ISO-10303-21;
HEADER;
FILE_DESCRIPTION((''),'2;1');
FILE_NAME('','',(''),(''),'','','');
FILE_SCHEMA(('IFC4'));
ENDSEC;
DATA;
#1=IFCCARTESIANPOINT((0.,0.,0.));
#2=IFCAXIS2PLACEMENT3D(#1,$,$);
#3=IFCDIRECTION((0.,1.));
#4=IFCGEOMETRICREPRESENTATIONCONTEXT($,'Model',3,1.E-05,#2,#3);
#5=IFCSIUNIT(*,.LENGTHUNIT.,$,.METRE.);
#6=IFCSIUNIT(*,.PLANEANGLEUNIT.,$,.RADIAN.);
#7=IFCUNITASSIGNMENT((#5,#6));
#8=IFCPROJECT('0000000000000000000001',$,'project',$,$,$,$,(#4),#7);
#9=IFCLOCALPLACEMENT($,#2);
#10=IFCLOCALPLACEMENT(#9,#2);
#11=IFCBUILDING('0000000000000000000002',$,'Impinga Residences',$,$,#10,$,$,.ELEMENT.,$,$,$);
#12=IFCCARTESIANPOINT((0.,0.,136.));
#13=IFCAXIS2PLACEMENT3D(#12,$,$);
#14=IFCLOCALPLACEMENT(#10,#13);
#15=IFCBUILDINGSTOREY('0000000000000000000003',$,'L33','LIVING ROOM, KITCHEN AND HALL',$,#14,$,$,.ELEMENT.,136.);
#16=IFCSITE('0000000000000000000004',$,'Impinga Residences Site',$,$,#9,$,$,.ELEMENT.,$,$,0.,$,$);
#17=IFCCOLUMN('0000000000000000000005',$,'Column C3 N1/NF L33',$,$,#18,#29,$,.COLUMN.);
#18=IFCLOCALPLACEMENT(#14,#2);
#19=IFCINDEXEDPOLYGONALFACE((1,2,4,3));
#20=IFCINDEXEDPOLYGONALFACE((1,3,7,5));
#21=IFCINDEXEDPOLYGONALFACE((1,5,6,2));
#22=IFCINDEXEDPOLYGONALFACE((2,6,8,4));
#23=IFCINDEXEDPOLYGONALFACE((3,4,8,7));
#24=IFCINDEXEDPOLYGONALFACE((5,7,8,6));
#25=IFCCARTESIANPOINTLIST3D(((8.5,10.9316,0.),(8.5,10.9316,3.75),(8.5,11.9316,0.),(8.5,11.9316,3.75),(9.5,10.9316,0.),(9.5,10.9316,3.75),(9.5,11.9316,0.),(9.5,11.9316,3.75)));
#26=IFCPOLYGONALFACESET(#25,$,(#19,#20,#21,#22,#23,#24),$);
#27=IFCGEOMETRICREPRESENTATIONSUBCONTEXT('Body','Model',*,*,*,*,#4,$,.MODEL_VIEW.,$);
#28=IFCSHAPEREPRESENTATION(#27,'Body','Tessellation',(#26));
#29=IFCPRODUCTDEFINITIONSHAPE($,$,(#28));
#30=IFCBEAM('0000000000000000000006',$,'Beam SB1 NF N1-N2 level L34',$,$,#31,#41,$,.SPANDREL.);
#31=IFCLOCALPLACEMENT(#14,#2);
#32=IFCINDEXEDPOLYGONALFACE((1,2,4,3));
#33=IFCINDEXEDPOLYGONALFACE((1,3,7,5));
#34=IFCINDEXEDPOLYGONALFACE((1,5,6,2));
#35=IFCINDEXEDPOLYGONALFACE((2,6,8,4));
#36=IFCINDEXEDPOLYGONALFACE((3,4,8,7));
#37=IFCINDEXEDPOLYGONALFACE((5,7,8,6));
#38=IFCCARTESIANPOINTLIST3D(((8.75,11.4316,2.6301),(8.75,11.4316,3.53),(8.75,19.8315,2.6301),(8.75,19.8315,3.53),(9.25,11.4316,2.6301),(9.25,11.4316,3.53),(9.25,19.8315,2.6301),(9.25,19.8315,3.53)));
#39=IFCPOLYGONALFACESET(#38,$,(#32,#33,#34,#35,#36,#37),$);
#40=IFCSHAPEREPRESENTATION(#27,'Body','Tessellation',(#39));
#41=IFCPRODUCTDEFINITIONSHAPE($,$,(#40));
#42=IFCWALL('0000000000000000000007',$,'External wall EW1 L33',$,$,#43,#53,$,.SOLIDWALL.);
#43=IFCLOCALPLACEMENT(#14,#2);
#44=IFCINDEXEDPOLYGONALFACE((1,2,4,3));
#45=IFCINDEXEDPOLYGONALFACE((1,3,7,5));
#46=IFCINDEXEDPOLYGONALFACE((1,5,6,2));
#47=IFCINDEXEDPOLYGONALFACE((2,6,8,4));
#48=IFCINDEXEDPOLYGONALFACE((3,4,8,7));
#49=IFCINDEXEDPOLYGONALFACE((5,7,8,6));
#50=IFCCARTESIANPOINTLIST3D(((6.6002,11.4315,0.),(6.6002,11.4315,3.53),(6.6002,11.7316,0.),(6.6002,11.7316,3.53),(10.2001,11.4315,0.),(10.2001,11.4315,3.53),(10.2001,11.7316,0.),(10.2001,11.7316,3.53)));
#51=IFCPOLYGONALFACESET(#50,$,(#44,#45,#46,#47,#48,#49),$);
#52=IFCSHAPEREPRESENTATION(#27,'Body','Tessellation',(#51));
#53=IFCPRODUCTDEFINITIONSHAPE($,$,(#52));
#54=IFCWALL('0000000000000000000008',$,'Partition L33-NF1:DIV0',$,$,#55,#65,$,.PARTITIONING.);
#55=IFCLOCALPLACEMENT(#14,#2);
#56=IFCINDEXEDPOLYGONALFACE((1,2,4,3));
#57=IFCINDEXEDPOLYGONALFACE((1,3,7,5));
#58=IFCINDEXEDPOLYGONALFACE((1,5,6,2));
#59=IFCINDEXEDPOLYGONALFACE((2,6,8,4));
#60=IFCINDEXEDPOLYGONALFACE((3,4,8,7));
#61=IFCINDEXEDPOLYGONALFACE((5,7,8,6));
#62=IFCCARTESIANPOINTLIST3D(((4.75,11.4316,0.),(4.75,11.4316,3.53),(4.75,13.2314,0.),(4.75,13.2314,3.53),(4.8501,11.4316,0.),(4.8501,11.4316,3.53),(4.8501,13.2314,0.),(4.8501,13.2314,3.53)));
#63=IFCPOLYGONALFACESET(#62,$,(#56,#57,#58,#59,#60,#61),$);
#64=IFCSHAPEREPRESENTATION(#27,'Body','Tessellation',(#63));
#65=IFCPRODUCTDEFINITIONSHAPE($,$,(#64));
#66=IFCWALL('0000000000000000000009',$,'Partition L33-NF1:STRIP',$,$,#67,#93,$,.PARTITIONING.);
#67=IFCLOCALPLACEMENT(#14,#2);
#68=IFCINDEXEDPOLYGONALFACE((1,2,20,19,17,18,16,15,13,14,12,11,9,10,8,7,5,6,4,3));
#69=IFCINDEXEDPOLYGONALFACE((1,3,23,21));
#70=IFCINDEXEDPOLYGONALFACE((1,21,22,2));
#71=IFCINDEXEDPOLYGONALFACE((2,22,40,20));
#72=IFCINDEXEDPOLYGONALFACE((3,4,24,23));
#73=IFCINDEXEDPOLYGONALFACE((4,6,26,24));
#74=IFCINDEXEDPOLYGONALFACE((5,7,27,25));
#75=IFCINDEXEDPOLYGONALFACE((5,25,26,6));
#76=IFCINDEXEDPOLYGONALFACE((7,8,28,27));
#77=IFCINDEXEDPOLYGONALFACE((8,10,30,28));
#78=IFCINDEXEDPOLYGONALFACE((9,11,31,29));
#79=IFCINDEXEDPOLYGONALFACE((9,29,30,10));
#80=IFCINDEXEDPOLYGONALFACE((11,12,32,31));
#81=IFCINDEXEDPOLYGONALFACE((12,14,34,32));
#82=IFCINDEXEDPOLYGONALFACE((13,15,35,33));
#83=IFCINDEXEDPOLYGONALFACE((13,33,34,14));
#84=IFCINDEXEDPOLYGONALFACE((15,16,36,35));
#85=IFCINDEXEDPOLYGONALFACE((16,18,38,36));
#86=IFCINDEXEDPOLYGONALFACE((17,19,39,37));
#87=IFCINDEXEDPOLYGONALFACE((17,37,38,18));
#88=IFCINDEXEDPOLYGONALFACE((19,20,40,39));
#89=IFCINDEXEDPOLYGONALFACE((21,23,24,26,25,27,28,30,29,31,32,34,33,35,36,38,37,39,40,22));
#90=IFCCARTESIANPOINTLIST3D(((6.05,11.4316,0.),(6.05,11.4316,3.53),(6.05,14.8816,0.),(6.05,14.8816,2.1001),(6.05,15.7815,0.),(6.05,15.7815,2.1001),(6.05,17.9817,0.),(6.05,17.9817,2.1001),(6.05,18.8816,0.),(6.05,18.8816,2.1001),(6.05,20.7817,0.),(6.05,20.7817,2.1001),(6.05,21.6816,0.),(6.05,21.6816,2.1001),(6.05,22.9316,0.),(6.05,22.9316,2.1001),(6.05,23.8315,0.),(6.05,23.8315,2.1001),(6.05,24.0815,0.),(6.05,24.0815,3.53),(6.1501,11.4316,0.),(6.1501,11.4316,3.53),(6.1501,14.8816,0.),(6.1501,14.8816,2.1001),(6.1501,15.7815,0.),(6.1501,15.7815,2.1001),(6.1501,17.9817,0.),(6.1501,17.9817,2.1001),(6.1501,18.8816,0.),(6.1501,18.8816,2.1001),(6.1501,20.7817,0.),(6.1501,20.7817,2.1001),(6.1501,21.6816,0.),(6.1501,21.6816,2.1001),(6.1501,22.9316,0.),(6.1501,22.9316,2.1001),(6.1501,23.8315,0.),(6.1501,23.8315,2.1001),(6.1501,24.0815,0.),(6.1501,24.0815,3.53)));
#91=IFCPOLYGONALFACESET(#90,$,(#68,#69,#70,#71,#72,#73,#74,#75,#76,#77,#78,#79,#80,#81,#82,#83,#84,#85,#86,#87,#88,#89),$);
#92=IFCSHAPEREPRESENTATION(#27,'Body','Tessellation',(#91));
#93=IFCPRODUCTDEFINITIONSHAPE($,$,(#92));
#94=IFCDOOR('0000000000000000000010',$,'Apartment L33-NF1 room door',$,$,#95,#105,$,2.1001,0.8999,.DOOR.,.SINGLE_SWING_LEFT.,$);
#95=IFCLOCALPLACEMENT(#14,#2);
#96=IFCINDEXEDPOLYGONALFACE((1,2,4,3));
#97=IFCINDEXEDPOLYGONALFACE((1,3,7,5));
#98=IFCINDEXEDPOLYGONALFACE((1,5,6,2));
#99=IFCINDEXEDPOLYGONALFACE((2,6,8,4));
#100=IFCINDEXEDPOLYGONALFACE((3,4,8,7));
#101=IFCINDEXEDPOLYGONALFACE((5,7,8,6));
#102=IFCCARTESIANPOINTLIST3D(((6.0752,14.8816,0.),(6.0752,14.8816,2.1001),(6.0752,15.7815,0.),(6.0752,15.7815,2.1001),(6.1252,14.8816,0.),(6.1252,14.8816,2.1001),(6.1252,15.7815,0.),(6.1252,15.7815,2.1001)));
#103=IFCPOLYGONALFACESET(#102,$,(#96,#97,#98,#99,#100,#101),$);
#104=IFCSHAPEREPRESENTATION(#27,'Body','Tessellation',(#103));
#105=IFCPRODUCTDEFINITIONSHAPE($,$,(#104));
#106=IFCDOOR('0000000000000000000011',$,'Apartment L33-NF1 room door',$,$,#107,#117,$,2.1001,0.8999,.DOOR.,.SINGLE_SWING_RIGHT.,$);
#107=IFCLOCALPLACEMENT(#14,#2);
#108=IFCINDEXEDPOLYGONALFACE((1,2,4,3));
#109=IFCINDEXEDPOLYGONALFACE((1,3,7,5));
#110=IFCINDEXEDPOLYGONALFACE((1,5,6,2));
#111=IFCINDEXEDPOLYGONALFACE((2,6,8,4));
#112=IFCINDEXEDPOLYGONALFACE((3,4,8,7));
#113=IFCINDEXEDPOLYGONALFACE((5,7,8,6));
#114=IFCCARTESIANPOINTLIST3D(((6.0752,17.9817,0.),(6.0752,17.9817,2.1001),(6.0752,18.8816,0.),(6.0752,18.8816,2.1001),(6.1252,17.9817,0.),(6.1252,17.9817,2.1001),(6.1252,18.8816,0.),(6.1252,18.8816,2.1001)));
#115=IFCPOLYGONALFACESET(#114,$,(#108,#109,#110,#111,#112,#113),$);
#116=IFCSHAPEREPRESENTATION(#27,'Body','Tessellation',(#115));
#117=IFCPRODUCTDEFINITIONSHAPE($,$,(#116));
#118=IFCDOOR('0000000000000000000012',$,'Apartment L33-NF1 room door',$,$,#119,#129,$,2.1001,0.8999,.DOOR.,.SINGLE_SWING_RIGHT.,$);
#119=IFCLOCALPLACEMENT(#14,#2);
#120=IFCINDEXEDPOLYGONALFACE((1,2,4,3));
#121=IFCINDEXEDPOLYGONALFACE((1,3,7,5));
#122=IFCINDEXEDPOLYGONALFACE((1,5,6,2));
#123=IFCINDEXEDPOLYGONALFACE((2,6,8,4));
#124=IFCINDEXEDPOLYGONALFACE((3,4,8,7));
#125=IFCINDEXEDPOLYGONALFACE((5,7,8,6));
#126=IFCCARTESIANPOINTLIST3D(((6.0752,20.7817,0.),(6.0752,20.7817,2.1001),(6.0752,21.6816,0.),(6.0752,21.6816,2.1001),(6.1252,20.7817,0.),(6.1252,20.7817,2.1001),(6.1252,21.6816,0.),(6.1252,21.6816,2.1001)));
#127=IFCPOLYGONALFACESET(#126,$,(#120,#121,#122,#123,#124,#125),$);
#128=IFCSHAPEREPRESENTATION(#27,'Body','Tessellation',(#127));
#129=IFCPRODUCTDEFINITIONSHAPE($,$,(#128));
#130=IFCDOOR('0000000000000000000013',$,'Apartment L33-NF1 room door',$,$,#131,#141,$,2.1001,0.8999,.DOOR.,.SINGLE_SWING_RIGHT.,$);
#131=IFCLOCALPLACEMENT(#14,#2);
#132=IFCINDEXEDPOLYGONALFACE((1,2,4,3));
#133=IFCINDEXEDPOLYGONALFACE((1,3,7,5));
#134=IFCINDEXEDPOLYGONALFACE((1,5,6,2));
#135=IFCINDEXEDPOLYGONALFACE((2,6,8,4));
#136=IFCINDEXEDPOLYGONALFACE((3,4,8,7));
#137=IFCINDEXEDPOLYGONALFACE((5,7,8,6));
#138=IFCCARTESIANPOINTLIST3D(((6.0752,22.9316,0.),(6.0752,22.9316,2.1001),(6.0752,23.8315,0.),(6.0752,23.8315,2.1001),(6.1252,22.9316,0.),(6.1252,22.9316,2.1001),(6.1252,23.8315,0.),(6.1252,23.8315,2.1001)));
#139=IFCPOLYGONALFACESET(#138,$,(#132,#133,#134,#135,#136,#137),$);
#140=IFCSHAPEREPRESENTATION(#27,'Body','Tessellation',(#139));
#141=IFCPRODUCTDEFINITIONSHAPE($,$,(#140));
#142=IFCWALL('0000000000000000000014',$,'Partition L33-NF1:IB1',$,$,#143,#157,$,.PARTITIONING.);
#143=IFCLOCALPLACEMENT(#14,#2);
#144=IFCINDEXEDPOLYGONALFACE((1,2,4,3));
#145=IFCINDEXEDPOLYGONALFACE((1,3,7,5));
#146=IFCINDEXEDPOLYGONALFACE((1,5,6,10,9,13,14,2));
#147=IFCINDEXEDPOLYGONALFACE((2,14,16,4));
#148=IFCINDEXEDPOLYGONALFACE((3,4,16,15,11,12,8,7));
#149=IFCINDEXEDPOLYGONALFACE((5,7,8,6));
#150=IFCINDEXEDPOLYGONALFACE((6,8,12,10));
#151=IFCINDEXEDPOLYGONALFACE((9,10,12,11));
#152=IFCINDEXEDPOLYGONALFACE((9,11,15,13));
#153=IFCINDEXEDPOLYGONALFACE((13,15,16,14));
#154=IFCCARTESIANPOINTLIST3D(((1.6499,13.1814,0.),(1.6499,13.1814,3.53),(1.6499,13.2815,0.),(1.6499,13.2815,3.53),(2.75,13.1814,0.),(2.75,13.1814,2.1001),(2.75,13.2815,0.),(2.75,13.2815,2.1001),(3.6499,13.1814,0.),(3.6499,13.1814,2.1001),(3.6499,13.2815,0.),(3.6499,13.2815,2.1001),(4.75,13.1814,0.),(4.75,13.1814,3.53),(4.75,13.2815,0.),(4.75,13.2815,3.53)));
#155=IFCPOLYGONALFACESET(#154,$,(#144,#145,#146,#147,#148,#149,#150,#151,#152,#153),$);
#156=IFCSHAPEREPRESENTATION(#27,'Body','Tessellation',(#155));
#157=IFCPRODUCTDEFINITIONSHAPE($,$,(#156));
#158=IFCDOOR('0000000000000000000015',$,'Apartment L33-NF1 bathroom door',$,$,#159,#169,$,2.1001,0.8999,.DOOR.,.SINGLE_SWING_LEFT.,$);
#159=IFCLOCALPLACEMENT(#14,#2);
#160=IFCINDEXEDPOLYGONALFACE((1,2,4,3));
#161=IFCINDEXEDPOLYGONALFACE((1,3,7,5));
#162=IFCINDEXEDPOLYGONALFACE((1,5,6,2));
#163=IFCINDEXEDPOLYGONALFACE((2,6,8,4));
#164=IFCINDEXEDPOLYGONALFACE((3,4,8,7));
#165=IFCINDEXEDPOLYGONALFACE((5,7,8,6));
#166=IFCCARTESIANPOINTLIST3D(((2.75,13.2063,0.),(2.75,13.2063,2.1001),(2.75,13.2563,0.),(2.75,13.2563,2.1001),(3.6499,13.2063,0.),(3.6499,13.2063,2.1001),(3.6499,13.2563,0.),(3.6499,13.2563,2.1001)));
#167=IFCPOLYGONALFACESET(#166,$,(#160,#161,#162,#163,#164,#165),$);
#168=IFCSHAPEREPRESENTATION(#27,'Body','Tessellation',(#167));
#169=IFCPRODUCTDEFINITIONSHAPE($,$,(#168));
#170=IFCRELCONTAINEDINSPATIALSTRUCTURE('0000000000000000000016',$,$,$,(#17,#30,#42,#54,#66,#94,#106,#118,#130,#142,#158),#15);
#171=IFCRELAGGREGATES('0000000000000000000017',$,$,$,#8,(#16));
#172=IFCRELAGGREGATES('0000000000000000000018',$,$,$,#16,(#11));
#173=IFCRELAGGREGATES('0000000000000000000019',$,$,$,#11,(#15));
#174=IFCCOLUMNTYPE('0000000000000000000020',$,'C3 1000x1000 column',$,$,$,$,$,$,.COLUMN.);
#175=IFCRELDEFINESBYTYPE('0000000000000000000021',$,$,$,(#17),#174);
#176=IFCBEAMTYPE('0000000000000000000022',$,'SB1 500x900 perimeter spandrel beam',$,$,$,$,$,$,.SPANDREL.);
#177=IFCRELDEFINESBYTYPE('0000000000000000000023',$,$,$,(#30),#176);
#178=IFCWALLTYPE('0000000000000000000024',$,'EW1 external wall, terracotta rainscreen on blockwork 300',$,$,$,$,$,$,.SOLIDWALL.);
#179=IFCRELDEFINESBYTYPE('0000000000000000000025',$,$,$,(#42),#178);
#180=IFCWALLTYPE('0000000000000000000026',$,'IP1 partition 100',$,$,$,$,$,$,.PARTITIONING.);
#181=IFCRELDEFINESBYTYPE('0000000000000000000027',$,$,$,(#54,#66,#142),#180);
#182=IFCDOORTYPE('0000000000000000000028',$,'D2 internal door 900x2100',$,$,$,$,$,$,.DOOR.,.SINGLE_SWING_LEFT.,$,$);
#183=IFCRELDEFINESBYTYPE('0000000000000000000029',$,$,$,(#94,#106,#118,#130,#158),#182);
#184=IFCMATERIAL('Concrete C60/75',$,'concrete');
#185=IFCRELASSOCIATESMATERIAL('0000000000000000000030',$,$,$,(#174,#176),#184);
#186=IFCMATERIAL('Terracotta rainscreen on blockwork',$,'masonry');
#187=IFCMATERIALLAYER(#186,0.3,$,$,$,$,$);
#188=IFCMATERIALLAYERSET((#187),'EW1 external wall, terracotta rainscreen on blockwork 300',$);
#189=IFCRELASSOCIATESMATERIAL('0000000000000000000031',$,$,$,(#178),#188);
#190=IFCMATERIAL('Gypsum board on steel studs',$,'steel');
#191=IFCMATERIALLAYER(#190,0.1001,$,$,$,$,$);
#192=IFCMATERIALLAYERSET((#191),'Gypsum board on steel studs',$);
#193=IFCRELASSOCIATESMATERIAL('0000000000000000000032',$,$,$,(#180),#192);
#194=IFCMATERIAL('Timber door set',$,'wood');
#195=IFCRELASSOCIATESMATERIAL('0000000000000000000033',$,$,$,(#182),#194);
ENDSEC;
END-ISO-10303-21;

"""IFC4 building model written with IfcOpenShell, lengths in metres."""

from ifc_helpers import new_model, si_unit, direction, frame, frame_2d, origin, origin_2d, place, context, subcontext, project, spatial, rectangle, extrude, material, layer, layer_set, material_profile, profile_set, type_object, element, fill, save


model = new_model("IFC4")

# Units and contexts
model_context = context("Model", 3, precision=1e-05, world=origin(), true_north=direction((0.0, 1.0)))
body_context = subcontext(model_context, "Body", "Model", "MODEL_VIEW")
ifc_project = project(units=[si_unit("LENGTHUNIT", "METRE"), si_unit("PLANEANGLEUNIT", "RADIAN")], contexts=[model_context])

# Site, building, storey
site_placement = place(None, origin())
site = spatial("IfcSite", under=ifc_project, at=site_placement, Name="Impinga Residences Site", CompositionType="ELEMENT", RefElevation=0.0)
building_placement = place(site_placement, origin())
building = spatial("IfcBuilding", under=site, at=building_placement, Name="Impinga Residences", CompositionType="ELEMENT")
storey_placement = place(building_placement, frame((0.0, 0.0, 136.0)))
storey = spatial("IfcBuildingStorey", under=building, at=storey_placement, Name="L33", Description="LIVING ROOM, KITCHEN AND HALL", CompositionType="ELEMENT", Elevation=136.0)

# Column
ifc_material_1 = material(Name="Concrete C60/75", Category="concrete")
ifc_material_profile_1 = material_profile(ifc_material_1, rectangle(XDim=1.0, YDim=1.0, at=origin_2d()), Name="RC 1000x1000")
ifc_profile_set_1 = profile_set([ifc_material_profile_1], Name="Concrete C60/75")
column_type = type_object("IfcColumnType", Name="C3 1000x1000 column", PredefinedType="COLUMN", material=ifc_profile_set_1)
column_placement = place(storey_placement, frame((9.0, 11.4316, 0.0), z_axis=(0.0, 0.0, 1.0), x_axis=(1.0, 0.0, 0.0)))
element("IfcColumn", 1, at=column_placement, inside=storey, type_object=column_type, Name="Column C3 N1/NF L33", PredefinedType="COLUMN", context=body_context, shape_type="SweptSolid", body=[
    extrude(rectangle(XDim=1.0, YDim=1.0, at=origin_2d()), origin(), (0.0, 0.0, 1.0), 3.75),
])

# Beam
ifc_material_profile_2 = material_profile(ifc_material_1, rectangle(XDim=0.5, YDim=0.8999, at=origin_2d()), Name="RC 500x900")
ifc_profile_set_2 = profile_set([ifc_material_profile_2], Name="Concrete C60/75")
beam_type = type_object("IfcBeamType", Name="SB1 500x900 perimeter spandrel beam", PredefinedType="SPANDREL", material=ifc_profile_set_2)
beam_placement = place(storey_placement, frame((9.0, 11.4316, 3.0801), z_axis=(0.0, 1.0, 0.0), x_axis=(-1.0, 0.0, 0.0)))
element("IfcBeam", 2, at=beam_placement, inside=storey, type_object=beam_type, Name="Beam SB1 NF N1-N2 level L34", PredefinedType="SPANDREL", context=body_context, shape_type="SweptSolid", body=[
    extrude(rectangle(XDim=0.5, YDim=0.8999, at=origin_2d()), origin(), (0.0, 0.0, 1.0), 8.3999),
])

# Walls
ifc_material_2 = material(Name="Terracotta rainscreen on blockwork", Category="masonry")
ifc_layer_1 = layer(ifc_material_2, 0.3)
ifc_layer_set_1 = layer_set([ifc_layer_1], Name="EW1 external wall, terracotta rainscreen on blockwork 300")
wall_type_1 = type_object("IfcWallType", Name="EW1 external wall, terracotta rainscreen on blockwork 300", PredefinedType="SOLIDWALL", material=ifc_layer_set_1)
wall_1_placement = place(storey_placement, frame((10.2, 11.5815, 0.0), z_axis=(0.0, 0.0, 1.0), x_axis=(-1.0, 0.0, 0.0)))
element("IfcWall", 3, at=wall_1_placement, inside=storey, type_object=wall_type_1, Name="External wall EW1 L33", PredefinedType="SOLIDWALL", context=body_context, shape_type="SweptSolid", body=[
    extrude(rectangle(XDim=3.5999, YDim=0.3, at=frame_2d((1.7998, 0.0))), origin(), (0.0, 0.0, 1.0), 3.53),
])
ifc_material_3 = material(Name="Gypsum board on steel studs", Category="steel")
ifc_layer_2 = layer(ifc_material_3, 0.1001)
ifc_layer_set_2 = layer_set([ifc_layer_2], Name="Gypsum board on steel studs")
wall_type_2 = type_object("IfcWallType", Name="IP1 partition 100", PredefinedType="PARTITIONING", material=ifc_layer_set_2)
wall_2_placement = place(storey_placement, frame((4.8, 11.4316, 0.0), z_axis=(0.0, 0.0, 1.0), x_axis=(0.0, 1.0, 0.0)))
element("IfcWall", 4, at=wall_2_placement, inside=storey, type_object=wall_type_2, Name="Partition L33-NF1:DIV0", PredefinedType="PARTITIONING", context=body_context, shape_type="SweptSolid", body=[
    extrude(rectangle(XDim=1.7998, YDim=0.1001, at=frame_2d((0.8999, 0.0))), origin(), (0.0, 0.0, 1.0), 3.53),
])

# Wall, openings, doors
wall_3_placement = place(storey_placement, frame((6.1001, 11.4316, 0.0), z_axis=(0.0, 0.0, 1.0), x_axis=(0.0, 1.0, 0.0)))
wall_3 = element("IfcWall", 5, at=wall_3_placement, inside=storey, type_object=wall_type_2, Name="Partition L33-NF1:STRIP", PredefinedType="PARTITIONING", context=body_context, shape_type="SweptSolid", body=[
    extrude(rectangle(XDim=12.6499, YDim=0.1001, at=frame_2d((6.325, 0.0))), origin(), (0.0, 0.0, 1.0), 3.53),
])
opening_1_placement = place(wall_3_placement, frame((3.45, 0.0, 0.0)))
opening_1 = element("IfcOpeningElement", 6, at=opening_1_placement, cuts=wall_3, PredefinedType="OPENING", context=body_context, shape_type="SweptSolid", body=[
    extrude(rectangle(XDim=0.8999, YDim=2.1001, at=frame_2d((0.45, 1.05))), frame((0.0, 0.0601, 0.0), z_axis=(0.0, -1.0, 0.0), x_axis=(1.0, 0.0, 0.0)), (0.0, 0.0, 1.0), 0.1201),
])
opening_2_placement = place(wall_3_placement, frame((6.55, 0.0, 0.0)))
opening_2 = element("IfcOpeningElement", 7, at=opening_2_placement, cuts=wall_3, PredefinedType="OPENING", context=body_context, shape_type="SweptSolid", body=[
    extrude(rectangle(XDim=0.8999, YDim=2.1001, at=frame_2d((0.45, 1.05))), frame((0.0, 0.0601, 0.0), z_axis=(0.0, -1.0, 0.0), x_axis=(1.0, 0.0, 0.0)), (0.0, 0.0, 1.0), 0.1201),
])
opening_3_placement = place(wall_3_placement, frame((9.3501, 0.0, 0.0)))
opening_3 = element("IfcOpeningElement", 8, at=opening_3_placement, cuts=wall_3, PredefinedType="OPENING", context=body_context, shape_type="SweptSolid", body=[
    extrude(rectangle(XDim=0.8999, YDim=2.1001, at=frame_2d((0.45, 1.05))), frame((0.0, 0.0601, 0.0), z_axis=(0.0, -1.0, 0.0), x_axis=(1.0, 0.0, 0.0)), (0.0, 0.0, 1.0), 0.1201),
])
opening_4_placement = place(wall_3_placement, frame((11.5, 0.0, 0.0)))
opening_4 = element("IfcOpeningElement", 9, at=opening_4_placement, cuts=wall_3, PredefinedType="OPENING", context=body_context, shape_type="SweptSolid", body=[
    extrude(rectangle(XDim=0.8999, YDim=2.1001, at=frame_2d((0.45, 1.05))), frame((0.0, 0.0601, 0.0), z_axis=(0.0, -1.0, 0.0), x_axis=(1.0, 0.0, 0.0)), (0.0, 0.0, 1.0), 0.1201),
])
ifc_material_4 = material(Name="Timber door set", Category="wood")
door_type_1 = type_object("IfcDoorType", Name="D2 internal door 900x2100", OperationType="SINGLE_SWING_LEFT", PredefinedType="DOOR", material=ifc_material_4)
door_1_placement = place(opening_1_placement, origin())
door_1 = element("IfcDoor", 10, at=door_1_placement, inside=storey, type_object=door_type_1, Name="Apartment L33-NF1 room door", OperationType="SINGLE_SWING_LEFT", OverallHeight=2.1001, OverallWidth=0.8999, PredefinedType="DOOR", context=body_context, shape_type="SweptSolid", body=[
    extrude(rectangle(XDim=0.8999, YDim=2.1001, at=frame_2d((0.45, 1.05))), frame((0.0, 0.0249, 0.0), z_axis=(0.0, -1.0, 0.0), x_axis=(1.0, 0.0, 0.0)), (0.0, 0.0, 1.0), 0.05),
])
fill(opening_1, door_1)
door_2_placement = place(opening_2_placement, origin())
door_2 = element("IfcDoor", 11, at=door_2_placement, inside=storey, type_object=door_type_1, Name="Apartment L33-NF1 room door", OperationType="SINGLE_SWING_RIGHT", OverallHeight=2.1001, OverallWidth=0.8999, PredefinedType="DOOR", context=body_context, shape_type="SweptSolid", body=[
    extrude(rectangle(XDim=0.8999, YDim=2.1001, at=frame_2d((0.45, 1.05))), frame((0.0, 0.0249, 0.0), z_axis=(0.0, -1.0, 0.0), x_axis=(1.0, 0.0, 0.0)), (0.0, 0.0, 1.0), 0.05),
])
fill(opening_2, door_2)
door_3_placement = place(opening_3_placement, origin())
door_3 = element("IfcDoor", 12, at=door_3_placement, inside=storey, type_object=door_type_1, Name="Apartment L33-NF1 room door", OperationType="SINGLE_SWING_RIGHT", OverallHeight=2.1001, OverallWidth=0.8999, PredefinedType="DOOR", context=body_context, shape_type="SweptSolid", body=[
    extrude(rectangle(XDim=0.8999, YDim=2.1001, at=frame_2d((0.45, 1.05))), frame((0.0, 0.0249, 0.0), z_axis=(0.0, -1.0, 0.0), x_axis=(1.0, 0.0, 0.0)), (0.0, 0.0, 1.0), 0.05),
])
fill(opening_3, door_3)
door_4_placement = place(opening_4_placement, origin())
door_4 = element("IfcDoor", 13, at=door_4_placement, inside=storey, type_object=door_type_1, Name="Apartment L33-NF1 room door", OperationType="SINGLE_SWING_RIGHT", OverallHeight=2.1001, OverallWidth=0.8999, PredefinedType="DOOR", context=body_context, shape_type="SweptSolid", body=[
    extrude(rectangle(XDim=0.8999, YDim=2.1001, at=frame_2d((0.45, 1.05))), frame((0.0, 0.0249, 0.0), z_axis=(0.0, -1.0, 0.0), x_axis=(1.0, 0.0, 0.0)), (0.0, 0.0, 1.0), 0.05),
])
fill(opening_4, door_4)

# Wall, opening, door
wall_4_placement = place(storey_placement, frame((1.6499, 13.2314, 0.0), z_axis=(0.0, 0.0, 1.0), x_axis=(1.0, 0.0, 0.0)))
wall_4 = element("IfcWall", 14, at=wall_4_placement, inside=storey, type_object=wall_type_2, Name="Partition L33-NF1:IB1", PredefinedType="PARTITIONING", context=body_context, shape_type="SweptSolid", body=[
    extrude(rectangle(XDim=3.1001, YDim=0.1001, at=frame_2d((1.55, 0.0))), origin(), (0.0, 0.0, 1.0), 3.53),
])
opening_5_placement = place(wall_4_placement, frame((1.1001, 0.0, 0.0)))
opening_5 = element("IfcOpeningElement", 15, at=opening_5_placement, cuts=wall_4, PredefinedType="OPENING", context=body_context, shape_type="SweptSolid", body=[
    extrude(rectangle(XDim=0.8999, YDim=2.1001, at=frame_2d((0.45, 1.05))), frame((0.0, 0.0601, 0.0), z_axis=(0.0, -1.0, 0.0), x_axis=(1.0, 0.0, 0.0)), (0.0, 0.0, 1.0), 0.1201),
])
door_5_placement = place(opening_5_placement, origin())
door_5 = element("IfcDoor", 16, at=door_5_placement, inside=storey, type_object=door_type_1, Name="Apartment L33-NF1 bathroom door", OperationType="SINGLE_SWING_LEFT", OverallHeight=2.1001, OverallWidth=0.8999, PredefinedType="DOOR", context=body_context, shape_type="SweptSolid", body=[
    extrude(rectangle(XDim=0.8999, YDim=2.1001, at=frame_2d((0.45, 1.05))), frame((0.0, 0.0249, 0.0), z_axis=(0.0, -1.0, 0.0), x_axis=(1.0, 0.0, 0.0)), (0.0, 0.0, 1.0), 0.05),
])
fill(opening_5, door_5)

save(model, "model.ifc")
